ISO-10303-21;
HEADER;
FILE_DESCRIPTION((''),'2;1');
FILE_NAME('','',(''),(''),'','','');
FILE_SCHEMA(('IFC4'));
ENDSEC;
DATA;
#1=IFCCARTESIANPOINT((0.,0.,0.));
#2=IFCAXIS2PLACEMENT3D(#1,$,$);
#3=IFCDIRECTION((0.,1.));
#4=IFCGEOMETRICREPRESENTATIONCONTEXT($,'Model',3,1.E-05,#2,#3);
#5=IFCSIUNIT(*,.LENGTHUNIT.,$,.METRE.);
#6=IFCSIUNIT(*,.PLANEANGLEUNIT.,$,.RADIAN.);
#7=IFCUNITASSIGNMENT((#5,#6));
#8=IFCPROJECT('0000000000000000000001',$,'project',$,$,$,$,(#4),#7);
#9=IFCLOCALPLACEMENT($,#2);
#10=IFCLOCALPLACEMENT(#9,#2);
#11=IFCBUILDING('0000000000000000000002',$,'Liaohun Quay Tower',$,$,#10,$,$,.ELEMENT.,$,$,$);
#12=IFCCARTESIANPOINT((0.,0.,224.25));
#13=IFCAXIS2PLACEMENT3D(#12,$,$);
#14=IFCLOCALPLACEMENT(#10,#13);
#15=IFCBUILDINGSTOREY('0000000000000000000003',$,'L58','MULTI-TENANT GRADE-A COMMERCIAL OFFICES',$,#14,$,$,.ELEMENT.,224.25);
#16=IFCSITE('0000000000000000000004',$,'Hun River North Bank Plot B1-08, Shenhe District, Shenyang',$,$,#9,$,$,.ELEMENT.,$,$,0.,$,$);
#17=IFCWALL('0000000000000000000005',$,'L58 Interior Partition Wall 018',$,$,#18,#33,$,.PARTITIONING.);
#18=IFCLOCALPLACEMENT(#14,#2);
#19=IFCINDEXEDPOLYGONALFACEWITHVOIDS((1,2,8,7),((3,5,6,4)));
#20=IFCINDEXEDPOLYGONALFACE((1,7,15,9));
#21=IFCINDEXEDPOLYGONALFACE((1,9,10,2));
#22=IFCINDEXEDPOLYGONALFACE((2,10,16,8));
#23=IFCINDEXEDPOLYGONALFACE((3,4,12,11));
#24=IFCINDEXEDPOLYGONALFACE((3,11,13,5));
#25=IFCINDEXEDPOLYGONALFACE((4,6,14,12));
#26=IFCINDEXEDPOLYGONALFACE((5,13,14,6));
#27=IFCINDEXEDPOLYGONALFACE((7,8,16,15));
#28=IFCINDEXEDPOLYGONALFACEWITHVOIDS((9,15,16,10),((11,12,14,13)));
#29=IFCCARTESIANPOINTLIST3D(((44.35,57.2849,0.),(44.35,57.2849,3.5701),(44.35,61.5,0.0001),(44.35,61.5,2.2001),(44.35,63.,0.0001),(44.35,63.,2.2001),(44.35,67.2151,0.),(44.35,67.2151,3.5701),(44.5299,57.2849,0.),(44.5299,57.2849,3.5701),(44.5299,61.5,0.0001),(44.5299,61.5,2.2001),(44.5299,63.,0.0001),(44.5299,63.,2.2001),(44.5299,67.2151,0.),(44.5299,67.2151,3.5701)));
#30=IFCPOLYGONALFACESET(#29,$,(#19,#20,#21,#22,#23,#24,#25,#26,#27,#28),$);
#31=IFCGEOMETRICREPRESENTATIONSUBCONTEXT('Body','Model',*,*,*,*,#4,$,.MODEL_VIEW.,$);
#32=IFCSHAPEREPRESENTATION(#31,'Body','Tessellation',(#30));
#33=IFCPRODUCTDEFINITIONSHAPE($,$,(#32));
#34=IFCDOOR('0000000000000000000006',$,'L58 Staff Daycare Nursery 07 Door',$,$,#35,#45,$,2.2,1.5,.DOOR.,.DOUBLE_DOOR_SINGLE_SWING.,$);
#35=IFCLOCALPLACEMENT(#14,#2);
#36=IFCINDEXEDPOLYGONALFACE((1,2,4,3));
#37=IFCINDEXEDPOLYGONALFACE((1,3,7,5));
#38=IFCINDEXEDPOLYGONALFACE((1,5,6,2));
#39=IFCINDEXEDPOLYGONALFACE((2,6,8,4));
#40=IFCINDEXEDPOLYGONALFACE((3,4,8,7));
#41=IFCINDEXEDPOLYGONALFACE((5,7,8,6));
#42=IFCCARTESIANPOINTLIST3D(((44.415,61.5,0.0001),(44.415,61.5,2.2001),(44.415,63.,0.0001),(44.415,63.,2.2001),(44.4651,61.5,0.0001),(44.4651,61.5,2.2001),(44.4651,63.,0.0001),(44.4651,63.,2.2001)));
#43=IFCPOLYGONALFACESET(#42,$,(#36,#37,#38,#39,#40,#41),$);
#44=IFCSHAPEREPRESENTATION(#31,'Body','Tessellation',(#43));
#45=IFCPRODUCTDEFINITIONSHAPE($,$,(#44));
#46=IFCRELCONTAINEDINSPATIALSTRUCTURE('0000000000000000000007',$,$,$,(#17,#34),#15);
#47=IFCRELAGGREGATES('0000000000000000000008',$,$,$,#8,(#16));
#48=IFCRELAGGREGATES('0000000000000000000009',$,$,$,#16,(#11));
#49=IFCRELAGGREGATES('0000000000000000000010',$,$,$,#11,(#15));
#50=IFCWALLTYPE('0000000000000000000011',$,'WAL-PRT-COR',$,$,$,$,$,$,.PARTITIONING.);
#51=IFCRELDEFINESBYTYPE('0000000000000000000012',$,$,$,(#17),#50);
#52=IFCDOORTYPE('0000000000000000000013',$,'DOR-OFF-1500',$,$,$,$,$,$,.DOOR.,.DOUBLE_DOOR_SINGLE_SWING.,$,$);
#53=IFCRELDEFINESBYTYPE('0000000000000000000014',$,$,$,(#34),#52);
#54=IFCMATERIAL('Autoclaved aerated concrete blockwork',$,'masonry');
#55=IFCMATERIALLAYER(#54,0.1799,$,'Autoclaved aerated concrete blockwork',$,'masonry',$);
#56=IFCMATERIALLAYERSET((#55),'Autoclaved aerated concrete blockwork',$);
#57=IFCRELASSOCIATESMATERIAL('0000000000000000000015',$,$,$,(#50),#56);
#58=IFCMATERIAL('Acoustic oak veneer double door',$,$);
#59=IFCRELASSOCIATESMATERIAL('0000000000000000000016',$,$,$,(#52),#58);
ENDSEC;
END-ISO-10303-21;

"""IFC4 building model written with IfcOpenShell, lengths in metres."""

from ifc_helpers import new_model, si_unit, direction, frame, frame_2d, origin, place, context, subcontext, project, spatial, rectangle, extrude, source, transform, mapped, material, layer, layer_set, type_object, element, fill, save


model = new_model("IFC4")

# Units and contexts
model_context = context("Model", 3, precision=1e-05, world=origin(), true_north=direction((0.0, 1.0)))
body_context = subcontext(model_context, "Body", "Model", "MODEL_VIEW")
ifc_project = project(units=[si_unit("LENGTHUNIT", "METRE"), si_unit("PLANEANGLEUNIT", "RADIAN")], contexts=[model_context])

# Site, building, storey
site_placement = place(None, origin())
site = spatial("IfcSite", under=ifc_project, at=site_placement, Name="Hun River North Bank Plot B1-08, Shenhe District, Shenyang", CompositionType="ELEMENT", RefElevation=0.0)
building_placement = place(site_placement, origin())
building = spatial("IfcBuilding", under=site, at=building_placement, Name="Liaohun Quay Tower", CompositionType="ELEMENT")
storey_placement = place(building_placement, frame((0.0, 0.0, 224.25)))
storey = spatial("IfcBuildingStorey", under=building, at=storey_placement, Name="L58", Description="MULTI-TENANT GRADE-A COMMERCIAL OFFICES", CompositionType="ELEMENT", Elevation=224.25)

# Wall, opening, door
ifc_material_1 = material(Name="Autoclaved aerated concrete blockwork", Category="masonry")
ifc_layer_1 = layer(ifc_material_1, 0.1799, Name="Autoclaved aerated concrete blockwork", Category="masonry")
ifc_layer_set_1 = layer_set([ifc_layer_1], Name="Autoclaved aerated concrete blockwork")
wall_type_1 = type_object("IfcWallType", Name="WAL-PRT-COR", PredefinedType="PARTITIONING", material=ifc_layer_set_1)
shared_shape_1 = source(origin(), body_context, "Body", "SweptSolid", [
    extrude(rectangle(XDim=1.5, YDim=2.2, at=frame_2d((0.75, 1.1001))), frame((0.0, 0.0999, 0.0), z_axis=(0.0, -1.0, 0.0), x_axis=(1.0, 0.0, 0.0)), (0.0, 0.0, 1.0), 0.2),
])
ifc_material_2 = material(Name="Acoustic oak veneer double door")
door_type = type_object("IfcDoorType", Name="DOR-OFF-1500", OperationType="DOUBLE_DOOR_SINGLE_SWING", PredefinedType="DOOR", material=ifc_material_2)
shared_shape_2 = source(origin(), body_context, "Body", "SweptSolid", [
    extrude(rectangle(XDim=1.5, YDim=2.2, at=frame_2d((0.75, 1.1001))), frame((0.0, 0.0249, 0.0), z_axis=(0.0, -1.0, 0.0), x_axis=(1.0, 0.0, 0.0)), (0.0, 0.0, 1.0), 0.05),
])
wall_1_placement = place(storey_placement, frame((44.4399, 57.2849, 0.0), z_axis=(0.0, 0.0, 1.0), x_axis=(0.0, 1.0, 0.0)))
wall_1 = element("IfcWall", 1, at=wall_1_placement, inside=storey, type_object=wall_type_1, Name="L58 Interior Partition Wall 018", PredefinedType="PARTITIONING", context=body_context, shape_type="SweptSolid", body=[
    extrude(rectangle(XDim=9.9302, YDim=0.1799, at=frame_2d((4.9651, 0.0))), origin(), (0.0, 0.0, 1.0), 3.5701),
])
opening_1_placement = place(wall_1_placement, frame((4.2151, 0.0, 0.0)))
opening_1 = element("IfcOpeningElement", 2, at=opening_1_placement, cuts=wall_1, PredefinedType="OPENING", context=body_context, shape_type="MappedRepresentation", body=[
    mapped(shared_shape_1, transform((0.0, 0.0, 0.0), x_axis=(1.0, 0.0, 0.0), y_axis=(0.0, 1.0, 0.0), z_axis=(0.0, 0.0, 1.0), scale=1.0)),
])
door_1_placement = place(opening_1_placement, origin())
door_1 = element("IfcDoor", 3, at=door_1_placement, inside=storey, type_object=door_type, Name="L58 Staff Daycare Nursery 07 Door", OperationType="DOUBLE_DOOR_SINGLE_SWING", OverallHeight=2.2, OverallWidth=1.5, PredefinedType="DOOR", context=body_context, shape_type="MappedRepresentation", body=[
    mapped(shared_shape_2, transform((0.0, 0.0, 0.0), x_axis=(1.0, 0.0, 0.0), y_axis=(0.0, 1.0, 0.0), z_axis=(0.0, 0.0, 1.0), scale=1.0)),
])
fill(opening_1, door_1)

save(model, "model.ifc")
